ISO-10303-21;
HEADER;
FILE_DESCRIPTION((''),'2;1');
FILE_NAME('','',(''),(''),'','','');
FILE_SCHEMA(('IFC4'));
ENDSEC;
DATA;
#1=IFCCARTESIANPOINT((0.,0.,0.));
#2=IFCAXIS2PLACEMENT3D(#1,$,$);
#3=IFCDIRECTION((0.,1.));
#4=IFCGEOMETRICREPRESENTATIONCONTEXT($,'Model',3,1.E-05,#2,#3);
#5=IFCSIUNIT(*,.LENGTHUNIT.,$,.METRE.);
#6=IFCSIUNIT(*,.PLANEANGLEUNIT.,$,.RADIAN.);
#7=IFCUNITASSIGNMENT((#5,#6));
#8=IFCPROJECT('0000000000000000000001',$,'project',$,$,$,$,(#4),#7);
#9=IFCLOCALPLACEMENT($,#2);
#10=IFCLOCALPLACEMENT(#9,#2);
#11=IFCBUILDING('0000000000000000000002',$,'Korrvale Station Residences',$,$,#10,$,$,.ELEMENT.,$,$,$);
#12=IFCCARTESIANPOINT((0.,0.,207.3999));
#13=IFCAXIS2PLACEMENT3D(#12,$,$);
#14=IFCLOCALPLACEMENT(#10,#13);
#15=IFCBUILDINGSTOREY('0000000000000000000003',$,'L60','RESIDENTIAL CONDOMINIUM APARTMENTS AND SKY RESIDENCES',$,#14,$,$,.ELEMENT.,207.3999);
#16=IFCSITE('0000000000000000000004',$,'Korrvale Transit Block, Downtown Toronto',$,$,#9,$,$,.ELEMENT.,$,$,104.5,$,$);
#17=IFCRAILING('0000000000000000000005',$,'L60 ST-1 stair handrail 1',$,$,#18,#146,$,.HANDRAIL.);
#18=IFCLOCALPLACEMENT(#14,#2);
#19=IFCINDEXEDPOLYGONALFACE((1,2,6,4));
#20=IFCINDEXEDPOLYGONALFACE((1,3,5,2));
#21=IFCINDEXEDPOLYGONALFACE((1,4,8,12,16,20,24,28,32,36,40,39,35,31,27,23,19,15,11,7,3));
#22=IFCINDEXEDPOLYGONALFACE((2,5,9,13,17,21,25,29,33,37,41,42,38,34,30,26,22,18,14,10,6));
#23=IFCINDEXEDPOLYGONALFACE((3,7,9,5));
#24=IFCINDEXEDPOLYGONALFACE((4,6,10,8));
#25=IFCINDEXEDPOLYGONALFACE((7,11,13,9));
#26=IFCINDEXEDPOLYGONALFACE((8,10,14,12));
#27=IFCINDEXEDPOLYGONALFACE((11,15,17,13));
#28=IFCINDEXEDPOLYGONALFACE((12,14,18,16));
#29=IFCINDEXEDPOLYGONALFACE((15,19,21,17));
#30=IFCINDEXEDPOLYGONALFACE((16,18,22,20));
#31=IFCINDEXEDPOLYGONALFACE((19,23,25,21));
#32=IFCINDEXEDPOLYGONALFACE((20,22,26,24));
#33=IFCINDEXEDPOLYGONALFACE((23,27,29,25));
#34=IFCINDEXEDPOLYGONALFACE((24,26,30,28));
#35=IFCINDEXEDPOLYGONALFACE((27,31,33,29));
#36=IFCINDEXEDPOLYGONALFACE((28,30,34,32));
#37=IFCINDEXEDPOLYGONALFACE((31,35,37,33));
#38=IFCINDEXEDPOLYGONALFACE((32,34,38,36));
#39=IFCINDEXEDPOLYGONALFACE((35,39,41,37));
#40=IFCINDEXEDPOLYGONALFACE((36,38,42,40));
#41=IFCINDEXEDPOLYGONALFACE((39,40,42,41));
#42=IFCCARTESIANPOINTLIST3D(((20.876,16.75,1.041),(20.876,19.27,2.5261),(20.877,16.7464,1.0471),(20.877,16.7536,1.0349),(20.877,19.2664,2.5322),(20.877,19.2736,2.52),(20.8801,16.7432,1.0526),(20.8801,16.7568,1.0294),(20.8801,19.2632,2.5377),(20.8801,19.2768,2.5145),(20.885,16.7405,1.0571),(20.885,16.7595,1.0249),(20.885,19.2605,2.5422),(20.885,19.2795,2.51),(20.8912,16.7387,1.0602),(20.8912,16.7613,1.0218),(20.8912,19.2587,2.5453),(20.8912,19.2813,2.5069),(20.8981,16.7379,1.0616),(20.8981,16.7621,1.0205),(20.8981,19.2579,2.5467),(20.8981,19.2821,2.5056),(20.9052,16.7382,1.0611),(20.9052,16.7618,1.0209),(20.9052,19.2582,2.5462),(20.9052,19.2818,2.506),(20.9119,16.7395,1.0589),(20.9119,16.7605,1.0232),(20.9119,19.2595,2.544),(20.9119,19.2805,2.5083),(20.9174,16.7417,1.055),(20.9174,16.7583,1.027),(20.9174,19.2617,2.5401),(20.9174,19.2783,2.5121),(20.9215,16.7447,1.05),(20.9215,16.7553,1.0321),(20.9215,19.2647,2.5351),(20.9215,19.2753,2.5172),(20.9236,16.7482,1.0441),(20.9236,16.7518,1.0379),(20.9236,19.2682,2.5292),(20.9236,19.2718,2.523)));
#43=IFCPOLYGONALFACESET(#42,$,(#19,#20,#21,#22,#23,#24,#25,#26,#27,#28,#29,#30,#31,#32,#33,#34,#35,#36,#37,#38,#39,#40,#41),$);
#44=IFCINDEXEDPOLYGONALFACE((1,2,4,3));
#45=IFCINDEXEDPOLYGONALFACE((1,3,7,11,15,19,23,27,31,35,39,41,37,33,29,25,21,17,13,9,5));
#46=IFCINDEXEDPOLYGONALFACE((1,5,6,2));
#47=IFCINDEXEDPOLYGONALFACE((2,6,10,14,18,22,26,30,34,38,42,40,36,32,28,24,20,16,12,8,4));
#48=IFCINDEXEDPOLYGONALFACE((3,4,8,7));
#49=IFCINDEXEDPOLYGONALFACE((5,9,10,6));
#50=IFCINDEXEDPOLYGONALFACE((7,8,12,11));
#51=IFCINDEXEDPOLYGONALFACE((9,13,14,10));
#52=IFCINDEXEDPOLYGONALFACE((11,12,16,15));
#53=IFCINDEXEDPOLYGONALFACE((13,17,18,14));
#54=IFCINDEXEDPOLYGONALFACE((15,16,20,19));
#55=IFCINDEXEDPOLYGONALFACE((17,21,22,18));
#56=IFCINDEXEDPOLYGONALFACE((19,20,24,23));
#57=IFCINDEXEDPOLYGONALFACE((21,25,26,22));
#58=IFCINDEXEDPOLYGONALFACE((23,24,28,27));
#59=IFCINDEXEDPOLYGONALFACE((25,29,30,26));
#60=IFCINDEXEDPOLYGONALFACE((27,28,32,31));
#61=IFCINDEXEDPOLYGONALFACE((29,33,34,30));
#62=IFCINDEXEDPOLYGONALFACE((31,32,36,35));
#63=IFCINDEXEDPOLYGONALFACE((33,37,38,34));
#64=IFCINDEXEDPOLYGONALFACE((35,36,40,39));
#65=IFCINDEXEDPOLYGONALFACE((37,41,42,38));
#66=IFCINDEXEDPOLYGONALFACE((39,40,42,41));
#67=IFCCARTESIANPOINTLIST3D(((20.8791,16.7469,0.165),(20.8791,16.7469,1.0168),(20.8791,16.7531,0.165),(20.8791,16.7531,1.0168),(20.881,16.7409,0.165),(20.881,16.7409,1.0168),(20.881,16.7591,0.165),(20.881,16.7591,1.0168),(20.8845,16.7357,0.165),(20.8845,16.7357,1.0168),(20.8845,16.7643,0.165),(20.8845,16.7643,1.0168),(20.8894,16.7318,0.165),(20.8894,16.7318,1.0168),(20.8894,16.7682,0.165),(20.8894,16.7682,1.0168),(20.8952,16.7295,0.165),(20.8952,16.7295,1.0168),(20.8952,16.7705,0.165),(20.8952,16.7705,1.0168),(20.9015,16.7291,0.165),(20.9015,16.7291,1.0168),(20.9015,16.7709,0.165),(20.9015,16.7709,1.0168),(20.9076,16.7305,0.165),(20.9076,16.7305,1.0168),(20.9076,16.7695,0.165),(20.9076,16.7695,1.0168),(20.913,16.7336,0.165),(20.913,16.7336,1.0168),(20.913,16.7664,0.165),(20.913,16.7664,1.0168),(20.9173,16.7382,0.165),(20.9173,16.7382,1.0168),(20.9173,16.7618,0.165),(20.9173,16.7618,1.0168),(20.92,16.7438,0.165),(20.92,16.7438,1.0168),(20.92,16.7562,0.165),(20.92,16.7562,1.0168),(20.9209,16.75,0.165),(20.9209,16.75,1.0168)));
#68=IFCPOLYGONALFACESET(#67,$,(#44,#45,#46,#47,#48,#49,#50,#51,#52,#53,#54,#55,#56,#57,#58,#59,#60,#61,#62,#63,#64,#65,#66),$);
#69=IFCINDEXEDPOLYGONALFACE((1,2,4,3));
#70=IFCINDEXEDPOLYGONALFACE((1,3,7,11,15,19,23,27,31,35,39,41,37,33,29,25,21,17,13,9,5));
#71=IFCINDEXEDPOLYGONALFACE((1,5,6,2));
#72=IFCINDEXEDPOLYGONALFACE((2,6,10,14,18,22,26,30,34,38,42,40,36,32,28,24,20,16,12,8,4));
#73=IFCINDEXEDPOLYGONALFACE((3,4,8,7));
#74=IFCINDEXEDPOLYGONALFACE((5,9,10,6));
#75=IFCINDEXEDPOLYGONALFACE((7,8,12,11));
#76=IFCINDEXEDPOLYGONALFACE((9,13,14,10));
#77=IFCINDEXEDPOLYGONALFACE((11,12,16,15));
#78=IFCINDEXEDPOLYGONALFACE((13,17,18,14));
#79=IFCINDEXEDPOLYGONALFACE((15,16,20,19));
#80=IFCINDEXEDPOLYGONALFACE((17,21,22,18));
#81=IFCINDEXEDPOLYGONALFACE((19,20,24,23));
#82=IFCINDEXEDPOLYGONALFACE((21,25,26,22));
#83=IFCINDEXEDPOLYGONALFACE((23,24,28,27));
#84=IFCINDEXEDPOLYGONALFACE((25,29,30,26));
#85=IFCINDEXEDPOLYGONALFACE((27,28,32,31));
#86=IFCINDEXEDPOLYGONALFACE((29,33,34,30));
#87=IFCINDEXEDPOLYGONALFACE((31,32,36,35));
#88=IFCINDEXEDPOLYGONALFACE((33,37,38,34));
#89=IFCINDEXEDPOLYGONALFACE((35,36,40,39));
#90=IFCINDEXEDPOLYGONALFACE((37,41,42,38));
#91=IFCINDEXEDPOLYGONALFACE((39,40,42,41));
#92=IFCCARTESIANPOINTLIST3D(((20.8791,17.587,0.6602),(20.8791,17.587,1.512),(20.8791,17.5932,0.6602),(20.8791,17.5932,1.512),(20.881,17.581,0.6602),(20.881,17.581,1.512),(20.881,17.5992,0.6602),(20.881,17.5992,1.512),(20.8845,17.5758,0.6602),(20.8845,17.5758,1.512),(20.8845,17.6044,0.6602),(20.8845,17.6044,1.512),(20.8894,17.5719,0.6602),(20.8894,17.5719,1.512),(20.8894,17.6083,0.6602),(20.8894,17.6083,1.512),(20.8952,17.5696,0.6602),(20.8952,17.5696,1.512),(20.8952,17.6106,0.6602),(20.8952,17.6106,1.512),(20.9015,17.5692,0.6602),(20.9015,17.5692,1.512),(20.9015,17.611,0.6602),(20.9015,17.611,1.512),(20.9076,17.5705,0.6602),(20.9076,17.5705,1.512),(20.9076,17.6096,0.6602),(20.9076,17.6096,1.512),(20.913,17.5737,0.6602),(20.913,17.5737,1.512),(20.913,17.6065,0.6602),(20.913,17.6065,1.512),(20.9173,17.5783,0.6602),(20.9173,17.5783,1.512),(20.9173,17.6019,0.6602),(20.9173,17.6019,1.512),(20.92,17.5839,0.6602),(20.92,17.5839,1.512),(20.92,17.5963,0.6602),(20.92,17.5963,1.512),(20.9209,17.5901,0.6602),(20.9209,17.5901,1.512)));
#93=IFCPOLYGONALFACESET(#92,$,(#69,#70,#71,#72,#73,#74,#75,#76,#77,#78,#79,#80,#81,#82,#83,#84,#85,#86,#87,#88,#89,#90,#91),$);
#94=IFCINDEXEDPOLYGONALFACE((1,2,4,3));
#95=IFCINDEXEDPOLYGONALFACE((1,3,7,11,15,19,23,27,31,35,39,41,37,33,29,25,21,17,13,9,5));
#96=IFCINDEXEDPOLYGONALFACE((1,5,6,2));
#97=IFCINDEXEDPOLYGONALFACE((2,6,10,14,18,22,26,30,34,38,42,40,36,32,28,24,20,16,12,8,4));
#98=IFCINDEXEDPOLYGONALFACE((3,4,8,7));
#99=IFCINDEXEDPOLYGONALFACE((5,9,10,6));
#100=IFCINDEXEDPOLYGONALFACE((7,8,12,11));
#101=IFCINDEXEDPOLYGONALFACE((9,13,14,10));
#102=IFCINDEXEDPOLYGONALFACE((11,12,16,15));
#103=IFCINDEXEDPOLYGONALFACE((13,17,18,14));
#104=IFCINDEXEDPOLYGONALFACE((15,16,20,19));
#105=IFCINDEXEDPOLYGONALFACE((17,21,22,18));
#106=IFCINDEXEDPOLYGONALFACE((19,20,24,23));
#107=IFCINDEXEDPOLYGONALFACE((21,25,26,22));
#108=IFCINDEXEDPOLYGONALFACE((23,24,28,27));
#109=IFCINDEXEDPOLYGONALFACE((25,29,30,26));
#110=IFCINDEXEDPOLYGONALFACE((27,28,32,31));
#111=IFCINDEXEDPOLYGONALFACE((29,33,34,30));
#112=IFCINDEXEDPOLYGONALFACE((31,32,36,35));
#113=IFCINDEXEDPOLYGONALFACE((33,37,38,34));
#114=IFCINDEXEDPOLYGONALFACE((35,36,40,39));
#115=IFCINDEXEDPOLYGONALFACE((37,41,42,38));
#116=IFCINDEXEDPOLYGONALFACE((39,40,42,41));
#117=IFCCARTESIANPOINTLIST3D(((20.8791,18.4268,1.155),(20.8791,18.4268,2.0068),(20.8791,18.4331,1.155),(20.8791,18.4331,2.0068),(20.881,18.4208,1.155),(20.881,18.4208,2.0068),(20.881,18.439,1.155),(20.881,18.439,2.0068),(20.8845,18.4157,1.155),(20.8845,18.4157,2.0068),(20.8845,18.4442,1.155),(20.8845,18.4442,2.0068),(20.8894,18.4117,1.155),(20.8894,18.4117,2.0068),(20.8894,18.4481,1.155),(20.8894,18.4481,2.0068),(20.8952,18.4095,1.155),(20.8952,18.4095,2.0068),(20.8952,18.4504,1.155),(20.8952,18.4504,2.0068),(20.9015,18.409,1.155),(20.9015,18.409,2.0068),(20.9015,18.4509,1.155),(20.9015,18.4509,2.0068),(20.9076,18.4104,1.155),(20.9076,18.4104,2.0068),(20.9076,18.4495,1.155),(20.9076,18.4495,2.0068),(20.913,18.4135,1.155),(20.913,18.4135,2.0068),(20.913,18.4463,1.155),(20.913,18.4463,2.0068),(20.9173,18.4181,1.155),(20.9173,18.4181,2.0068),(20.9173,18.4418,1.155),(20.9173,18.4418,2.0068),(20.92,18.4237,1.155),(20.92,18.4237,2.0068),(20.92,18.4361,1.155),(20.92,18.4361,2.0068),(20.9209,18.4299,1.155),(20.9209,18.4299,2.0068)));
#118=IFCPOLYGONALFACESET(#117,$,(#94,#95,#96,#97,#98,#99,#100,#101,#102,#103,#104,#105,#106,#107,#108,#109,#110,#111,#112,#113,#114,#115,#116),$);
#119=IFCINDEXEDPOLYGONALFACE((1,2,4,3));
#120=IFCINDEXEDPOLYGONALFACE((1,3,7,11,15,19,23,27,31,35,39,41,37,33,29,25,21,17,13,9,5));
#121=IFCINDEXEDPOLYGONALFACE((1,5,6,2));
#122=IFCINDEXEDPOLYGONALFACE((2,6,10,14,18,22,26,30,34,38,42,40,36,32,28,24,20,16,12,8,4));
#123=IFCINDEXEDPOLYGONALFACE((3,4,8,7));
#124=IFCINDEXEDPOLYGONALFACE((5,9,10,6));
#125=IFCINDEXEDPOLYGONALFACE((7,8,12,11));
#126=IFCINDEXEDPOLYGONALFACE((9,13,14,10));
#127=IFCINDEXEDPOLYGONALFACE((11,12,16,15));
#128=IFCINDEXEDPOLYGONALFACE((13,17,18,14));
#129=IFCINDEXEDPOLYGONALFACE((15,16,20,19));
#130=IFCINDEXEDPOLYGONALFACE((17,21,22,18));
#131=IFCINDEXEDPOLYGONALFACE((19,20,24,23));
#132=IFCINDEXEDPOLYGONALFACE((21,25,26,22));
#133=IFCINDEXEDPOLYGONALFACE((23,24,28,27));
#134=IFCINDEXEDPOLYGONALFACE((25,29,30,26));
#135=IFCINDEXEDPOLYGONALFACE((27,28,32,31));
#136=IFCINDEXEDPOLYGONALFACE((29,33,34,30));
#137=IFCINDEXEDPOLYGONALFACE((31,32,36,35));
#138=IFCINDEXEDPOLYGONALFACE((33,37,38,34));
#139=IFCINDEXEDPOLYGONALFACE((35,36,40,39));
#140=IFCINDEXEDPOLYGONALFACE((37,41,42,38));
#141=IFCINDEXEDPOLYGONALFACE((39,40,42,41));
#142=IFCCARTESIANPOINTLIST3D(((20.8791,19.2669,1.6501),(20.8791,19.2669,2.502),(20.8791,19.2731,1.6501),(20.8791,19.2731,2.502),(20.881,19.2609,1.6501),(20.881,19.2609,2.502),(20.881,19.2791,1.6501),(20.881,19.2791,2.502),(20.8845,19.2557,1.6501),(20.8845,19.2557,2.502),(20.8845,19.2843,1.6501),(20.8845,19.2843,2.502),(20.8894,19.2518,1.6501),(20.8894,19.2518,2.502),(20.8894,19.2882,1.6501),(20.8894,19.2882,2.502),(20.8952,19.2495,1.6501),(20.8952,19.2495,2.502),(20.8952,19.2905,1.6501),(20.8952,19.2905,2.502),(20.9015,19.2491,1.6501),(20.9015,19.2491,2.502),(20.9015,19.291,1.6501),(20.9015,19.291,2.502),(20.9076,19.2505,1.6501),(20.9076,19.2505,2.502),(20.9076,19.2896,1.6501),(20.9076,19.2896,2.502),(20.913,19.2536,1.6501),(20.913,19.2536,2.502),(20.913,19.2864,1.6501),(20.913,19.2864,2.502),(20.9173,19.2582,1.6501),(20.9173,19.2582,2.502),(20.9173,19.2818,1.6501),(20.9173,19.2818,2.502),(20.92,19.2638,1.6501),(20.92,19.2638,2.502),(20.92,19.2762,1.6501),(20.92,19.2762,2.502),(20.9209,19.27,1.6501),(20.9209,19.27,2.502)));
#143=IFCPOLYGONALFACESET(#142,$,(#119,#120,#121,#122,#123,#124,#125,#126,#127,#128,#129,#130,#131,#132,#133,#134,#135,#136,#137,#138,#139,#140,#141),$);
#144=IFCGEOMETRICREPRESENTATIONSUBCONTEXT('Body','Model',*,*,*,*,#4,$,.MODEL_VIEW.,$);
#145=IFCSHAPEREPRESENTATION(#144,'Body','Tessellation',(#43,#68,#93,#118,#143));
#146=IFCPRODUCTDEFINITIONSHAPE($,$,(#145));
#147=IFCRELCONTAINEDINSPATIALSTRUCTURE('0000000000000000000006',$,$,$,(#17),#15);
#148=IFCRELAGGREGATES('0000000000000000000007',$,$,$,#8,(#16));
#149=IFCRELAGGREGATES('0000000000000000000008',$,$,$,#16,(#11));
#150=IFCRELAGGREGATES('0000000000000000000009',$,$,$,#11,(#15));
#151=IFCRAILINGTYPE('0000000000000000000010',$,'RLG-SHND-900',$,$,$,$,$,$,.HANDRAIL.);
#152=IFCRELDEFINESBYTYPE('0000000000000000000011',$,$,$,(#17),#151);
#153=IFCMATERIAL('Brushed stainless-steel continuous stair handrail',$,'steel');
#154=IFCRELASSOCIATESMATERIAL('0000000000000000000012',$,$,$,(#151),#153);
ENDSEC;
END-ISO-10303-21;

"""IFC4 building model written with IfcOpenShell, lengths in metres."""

from ifc_helpers import new_model, si_unit, direction, frame, origin, origin_2d, place, context, subcontext, project, spatial, circle, extrude, material, type_object, element, save


model = new_model("IFC4")

# Units and contexts
model_context = context("Model", 3, precision=1e-05, world=origin(), true_north=direction((0.0, 1.0)))
body_context = subcontext(model_context, "Body", "Model", "MODEL_VIEW")
ifc_project = project(units=[si_unit("LENGTHUNIT", "METRE"), si_unit("PLANEANGLEUNIT", "RADIAN")], contexts=[model_context])

# Site, building, storey
site_placement = place(None, origin())
site = spatial("IfcSite", under=ifc_project, at=site_placement, Name="Korrvale Transit Block, Downtown Toronto", CompositionType="ELEMENT", RefElevation=104.5)
building_placement = place(site_placement, origin())
building = spatial("IfcBuilding", under=site, at=building_placement, Name="Korrvale Station Residences", CompositionType="ELEMENT")
storey_placement = place(building_placement, frame((0.0, 0.0, 207.3999)))
storey = spatial("IfcBuildingStorey", under=building, at=storey_placement, Name="L60", Description="RESIDENTIAL CONDOMINIUM APARTMENTS AND SKY RESIDENCES", CompositionType="ELEMENT", Elevation=207.3999)

# Railing
ifc_material_1 = material(Name="Brushed stainless-steel continuous stair handrail", Category="steel")
railing_type_1 = type_object("IfcRailingType", Name="RLG-SHND-900", PredefinedType="HANDRAIL", material=ifc_material_1)
railing_1_placement = place(storey_placement, frame((20.8999, 16.75, 0.165)))
element("IfcRailing", 1, at=railing_1_placement, inside=storey, type_object=railing_type_1, Name="L60 ST-1 stair handrail 1", PredefinedType="HANDRAIL", context=body_context, shape_type="SweptSolid", body=[
    extrude(circle(Radius=0.0239, at=origin_2d()), frame((0.0, 0.0, 0.876), z_axis=(0.0, 0.861524, 0.507717), x_axis=(-1.0, 0.0, 0.0)), (0.0, 0.0, 1.0), 2.925),
    extrude(circle(Radius=0.021, at=origin_2d()), origin(), (0.0, 0.0, 1.0), 0.8518),
    extrude(circle(Radius=0.021, at=origin_2d()), frame((0.0, 0.8401, 0.4951)), (0.0, 0.0, 1.0), 0.8518),
    extrude(circle(Radius=0.021, at=origin_2d()), frame((0.0, 1.6799, 0.99)), (0.0, 0.0, 1.0), 0.8518),
    extrude(circle(Radius=0.021, at=origin_2d()), frame((0.0, 2.52, 1.4851)), (0.0, 0.0, 1.0), 0.8518),
])

save(model, "model.ifc")
